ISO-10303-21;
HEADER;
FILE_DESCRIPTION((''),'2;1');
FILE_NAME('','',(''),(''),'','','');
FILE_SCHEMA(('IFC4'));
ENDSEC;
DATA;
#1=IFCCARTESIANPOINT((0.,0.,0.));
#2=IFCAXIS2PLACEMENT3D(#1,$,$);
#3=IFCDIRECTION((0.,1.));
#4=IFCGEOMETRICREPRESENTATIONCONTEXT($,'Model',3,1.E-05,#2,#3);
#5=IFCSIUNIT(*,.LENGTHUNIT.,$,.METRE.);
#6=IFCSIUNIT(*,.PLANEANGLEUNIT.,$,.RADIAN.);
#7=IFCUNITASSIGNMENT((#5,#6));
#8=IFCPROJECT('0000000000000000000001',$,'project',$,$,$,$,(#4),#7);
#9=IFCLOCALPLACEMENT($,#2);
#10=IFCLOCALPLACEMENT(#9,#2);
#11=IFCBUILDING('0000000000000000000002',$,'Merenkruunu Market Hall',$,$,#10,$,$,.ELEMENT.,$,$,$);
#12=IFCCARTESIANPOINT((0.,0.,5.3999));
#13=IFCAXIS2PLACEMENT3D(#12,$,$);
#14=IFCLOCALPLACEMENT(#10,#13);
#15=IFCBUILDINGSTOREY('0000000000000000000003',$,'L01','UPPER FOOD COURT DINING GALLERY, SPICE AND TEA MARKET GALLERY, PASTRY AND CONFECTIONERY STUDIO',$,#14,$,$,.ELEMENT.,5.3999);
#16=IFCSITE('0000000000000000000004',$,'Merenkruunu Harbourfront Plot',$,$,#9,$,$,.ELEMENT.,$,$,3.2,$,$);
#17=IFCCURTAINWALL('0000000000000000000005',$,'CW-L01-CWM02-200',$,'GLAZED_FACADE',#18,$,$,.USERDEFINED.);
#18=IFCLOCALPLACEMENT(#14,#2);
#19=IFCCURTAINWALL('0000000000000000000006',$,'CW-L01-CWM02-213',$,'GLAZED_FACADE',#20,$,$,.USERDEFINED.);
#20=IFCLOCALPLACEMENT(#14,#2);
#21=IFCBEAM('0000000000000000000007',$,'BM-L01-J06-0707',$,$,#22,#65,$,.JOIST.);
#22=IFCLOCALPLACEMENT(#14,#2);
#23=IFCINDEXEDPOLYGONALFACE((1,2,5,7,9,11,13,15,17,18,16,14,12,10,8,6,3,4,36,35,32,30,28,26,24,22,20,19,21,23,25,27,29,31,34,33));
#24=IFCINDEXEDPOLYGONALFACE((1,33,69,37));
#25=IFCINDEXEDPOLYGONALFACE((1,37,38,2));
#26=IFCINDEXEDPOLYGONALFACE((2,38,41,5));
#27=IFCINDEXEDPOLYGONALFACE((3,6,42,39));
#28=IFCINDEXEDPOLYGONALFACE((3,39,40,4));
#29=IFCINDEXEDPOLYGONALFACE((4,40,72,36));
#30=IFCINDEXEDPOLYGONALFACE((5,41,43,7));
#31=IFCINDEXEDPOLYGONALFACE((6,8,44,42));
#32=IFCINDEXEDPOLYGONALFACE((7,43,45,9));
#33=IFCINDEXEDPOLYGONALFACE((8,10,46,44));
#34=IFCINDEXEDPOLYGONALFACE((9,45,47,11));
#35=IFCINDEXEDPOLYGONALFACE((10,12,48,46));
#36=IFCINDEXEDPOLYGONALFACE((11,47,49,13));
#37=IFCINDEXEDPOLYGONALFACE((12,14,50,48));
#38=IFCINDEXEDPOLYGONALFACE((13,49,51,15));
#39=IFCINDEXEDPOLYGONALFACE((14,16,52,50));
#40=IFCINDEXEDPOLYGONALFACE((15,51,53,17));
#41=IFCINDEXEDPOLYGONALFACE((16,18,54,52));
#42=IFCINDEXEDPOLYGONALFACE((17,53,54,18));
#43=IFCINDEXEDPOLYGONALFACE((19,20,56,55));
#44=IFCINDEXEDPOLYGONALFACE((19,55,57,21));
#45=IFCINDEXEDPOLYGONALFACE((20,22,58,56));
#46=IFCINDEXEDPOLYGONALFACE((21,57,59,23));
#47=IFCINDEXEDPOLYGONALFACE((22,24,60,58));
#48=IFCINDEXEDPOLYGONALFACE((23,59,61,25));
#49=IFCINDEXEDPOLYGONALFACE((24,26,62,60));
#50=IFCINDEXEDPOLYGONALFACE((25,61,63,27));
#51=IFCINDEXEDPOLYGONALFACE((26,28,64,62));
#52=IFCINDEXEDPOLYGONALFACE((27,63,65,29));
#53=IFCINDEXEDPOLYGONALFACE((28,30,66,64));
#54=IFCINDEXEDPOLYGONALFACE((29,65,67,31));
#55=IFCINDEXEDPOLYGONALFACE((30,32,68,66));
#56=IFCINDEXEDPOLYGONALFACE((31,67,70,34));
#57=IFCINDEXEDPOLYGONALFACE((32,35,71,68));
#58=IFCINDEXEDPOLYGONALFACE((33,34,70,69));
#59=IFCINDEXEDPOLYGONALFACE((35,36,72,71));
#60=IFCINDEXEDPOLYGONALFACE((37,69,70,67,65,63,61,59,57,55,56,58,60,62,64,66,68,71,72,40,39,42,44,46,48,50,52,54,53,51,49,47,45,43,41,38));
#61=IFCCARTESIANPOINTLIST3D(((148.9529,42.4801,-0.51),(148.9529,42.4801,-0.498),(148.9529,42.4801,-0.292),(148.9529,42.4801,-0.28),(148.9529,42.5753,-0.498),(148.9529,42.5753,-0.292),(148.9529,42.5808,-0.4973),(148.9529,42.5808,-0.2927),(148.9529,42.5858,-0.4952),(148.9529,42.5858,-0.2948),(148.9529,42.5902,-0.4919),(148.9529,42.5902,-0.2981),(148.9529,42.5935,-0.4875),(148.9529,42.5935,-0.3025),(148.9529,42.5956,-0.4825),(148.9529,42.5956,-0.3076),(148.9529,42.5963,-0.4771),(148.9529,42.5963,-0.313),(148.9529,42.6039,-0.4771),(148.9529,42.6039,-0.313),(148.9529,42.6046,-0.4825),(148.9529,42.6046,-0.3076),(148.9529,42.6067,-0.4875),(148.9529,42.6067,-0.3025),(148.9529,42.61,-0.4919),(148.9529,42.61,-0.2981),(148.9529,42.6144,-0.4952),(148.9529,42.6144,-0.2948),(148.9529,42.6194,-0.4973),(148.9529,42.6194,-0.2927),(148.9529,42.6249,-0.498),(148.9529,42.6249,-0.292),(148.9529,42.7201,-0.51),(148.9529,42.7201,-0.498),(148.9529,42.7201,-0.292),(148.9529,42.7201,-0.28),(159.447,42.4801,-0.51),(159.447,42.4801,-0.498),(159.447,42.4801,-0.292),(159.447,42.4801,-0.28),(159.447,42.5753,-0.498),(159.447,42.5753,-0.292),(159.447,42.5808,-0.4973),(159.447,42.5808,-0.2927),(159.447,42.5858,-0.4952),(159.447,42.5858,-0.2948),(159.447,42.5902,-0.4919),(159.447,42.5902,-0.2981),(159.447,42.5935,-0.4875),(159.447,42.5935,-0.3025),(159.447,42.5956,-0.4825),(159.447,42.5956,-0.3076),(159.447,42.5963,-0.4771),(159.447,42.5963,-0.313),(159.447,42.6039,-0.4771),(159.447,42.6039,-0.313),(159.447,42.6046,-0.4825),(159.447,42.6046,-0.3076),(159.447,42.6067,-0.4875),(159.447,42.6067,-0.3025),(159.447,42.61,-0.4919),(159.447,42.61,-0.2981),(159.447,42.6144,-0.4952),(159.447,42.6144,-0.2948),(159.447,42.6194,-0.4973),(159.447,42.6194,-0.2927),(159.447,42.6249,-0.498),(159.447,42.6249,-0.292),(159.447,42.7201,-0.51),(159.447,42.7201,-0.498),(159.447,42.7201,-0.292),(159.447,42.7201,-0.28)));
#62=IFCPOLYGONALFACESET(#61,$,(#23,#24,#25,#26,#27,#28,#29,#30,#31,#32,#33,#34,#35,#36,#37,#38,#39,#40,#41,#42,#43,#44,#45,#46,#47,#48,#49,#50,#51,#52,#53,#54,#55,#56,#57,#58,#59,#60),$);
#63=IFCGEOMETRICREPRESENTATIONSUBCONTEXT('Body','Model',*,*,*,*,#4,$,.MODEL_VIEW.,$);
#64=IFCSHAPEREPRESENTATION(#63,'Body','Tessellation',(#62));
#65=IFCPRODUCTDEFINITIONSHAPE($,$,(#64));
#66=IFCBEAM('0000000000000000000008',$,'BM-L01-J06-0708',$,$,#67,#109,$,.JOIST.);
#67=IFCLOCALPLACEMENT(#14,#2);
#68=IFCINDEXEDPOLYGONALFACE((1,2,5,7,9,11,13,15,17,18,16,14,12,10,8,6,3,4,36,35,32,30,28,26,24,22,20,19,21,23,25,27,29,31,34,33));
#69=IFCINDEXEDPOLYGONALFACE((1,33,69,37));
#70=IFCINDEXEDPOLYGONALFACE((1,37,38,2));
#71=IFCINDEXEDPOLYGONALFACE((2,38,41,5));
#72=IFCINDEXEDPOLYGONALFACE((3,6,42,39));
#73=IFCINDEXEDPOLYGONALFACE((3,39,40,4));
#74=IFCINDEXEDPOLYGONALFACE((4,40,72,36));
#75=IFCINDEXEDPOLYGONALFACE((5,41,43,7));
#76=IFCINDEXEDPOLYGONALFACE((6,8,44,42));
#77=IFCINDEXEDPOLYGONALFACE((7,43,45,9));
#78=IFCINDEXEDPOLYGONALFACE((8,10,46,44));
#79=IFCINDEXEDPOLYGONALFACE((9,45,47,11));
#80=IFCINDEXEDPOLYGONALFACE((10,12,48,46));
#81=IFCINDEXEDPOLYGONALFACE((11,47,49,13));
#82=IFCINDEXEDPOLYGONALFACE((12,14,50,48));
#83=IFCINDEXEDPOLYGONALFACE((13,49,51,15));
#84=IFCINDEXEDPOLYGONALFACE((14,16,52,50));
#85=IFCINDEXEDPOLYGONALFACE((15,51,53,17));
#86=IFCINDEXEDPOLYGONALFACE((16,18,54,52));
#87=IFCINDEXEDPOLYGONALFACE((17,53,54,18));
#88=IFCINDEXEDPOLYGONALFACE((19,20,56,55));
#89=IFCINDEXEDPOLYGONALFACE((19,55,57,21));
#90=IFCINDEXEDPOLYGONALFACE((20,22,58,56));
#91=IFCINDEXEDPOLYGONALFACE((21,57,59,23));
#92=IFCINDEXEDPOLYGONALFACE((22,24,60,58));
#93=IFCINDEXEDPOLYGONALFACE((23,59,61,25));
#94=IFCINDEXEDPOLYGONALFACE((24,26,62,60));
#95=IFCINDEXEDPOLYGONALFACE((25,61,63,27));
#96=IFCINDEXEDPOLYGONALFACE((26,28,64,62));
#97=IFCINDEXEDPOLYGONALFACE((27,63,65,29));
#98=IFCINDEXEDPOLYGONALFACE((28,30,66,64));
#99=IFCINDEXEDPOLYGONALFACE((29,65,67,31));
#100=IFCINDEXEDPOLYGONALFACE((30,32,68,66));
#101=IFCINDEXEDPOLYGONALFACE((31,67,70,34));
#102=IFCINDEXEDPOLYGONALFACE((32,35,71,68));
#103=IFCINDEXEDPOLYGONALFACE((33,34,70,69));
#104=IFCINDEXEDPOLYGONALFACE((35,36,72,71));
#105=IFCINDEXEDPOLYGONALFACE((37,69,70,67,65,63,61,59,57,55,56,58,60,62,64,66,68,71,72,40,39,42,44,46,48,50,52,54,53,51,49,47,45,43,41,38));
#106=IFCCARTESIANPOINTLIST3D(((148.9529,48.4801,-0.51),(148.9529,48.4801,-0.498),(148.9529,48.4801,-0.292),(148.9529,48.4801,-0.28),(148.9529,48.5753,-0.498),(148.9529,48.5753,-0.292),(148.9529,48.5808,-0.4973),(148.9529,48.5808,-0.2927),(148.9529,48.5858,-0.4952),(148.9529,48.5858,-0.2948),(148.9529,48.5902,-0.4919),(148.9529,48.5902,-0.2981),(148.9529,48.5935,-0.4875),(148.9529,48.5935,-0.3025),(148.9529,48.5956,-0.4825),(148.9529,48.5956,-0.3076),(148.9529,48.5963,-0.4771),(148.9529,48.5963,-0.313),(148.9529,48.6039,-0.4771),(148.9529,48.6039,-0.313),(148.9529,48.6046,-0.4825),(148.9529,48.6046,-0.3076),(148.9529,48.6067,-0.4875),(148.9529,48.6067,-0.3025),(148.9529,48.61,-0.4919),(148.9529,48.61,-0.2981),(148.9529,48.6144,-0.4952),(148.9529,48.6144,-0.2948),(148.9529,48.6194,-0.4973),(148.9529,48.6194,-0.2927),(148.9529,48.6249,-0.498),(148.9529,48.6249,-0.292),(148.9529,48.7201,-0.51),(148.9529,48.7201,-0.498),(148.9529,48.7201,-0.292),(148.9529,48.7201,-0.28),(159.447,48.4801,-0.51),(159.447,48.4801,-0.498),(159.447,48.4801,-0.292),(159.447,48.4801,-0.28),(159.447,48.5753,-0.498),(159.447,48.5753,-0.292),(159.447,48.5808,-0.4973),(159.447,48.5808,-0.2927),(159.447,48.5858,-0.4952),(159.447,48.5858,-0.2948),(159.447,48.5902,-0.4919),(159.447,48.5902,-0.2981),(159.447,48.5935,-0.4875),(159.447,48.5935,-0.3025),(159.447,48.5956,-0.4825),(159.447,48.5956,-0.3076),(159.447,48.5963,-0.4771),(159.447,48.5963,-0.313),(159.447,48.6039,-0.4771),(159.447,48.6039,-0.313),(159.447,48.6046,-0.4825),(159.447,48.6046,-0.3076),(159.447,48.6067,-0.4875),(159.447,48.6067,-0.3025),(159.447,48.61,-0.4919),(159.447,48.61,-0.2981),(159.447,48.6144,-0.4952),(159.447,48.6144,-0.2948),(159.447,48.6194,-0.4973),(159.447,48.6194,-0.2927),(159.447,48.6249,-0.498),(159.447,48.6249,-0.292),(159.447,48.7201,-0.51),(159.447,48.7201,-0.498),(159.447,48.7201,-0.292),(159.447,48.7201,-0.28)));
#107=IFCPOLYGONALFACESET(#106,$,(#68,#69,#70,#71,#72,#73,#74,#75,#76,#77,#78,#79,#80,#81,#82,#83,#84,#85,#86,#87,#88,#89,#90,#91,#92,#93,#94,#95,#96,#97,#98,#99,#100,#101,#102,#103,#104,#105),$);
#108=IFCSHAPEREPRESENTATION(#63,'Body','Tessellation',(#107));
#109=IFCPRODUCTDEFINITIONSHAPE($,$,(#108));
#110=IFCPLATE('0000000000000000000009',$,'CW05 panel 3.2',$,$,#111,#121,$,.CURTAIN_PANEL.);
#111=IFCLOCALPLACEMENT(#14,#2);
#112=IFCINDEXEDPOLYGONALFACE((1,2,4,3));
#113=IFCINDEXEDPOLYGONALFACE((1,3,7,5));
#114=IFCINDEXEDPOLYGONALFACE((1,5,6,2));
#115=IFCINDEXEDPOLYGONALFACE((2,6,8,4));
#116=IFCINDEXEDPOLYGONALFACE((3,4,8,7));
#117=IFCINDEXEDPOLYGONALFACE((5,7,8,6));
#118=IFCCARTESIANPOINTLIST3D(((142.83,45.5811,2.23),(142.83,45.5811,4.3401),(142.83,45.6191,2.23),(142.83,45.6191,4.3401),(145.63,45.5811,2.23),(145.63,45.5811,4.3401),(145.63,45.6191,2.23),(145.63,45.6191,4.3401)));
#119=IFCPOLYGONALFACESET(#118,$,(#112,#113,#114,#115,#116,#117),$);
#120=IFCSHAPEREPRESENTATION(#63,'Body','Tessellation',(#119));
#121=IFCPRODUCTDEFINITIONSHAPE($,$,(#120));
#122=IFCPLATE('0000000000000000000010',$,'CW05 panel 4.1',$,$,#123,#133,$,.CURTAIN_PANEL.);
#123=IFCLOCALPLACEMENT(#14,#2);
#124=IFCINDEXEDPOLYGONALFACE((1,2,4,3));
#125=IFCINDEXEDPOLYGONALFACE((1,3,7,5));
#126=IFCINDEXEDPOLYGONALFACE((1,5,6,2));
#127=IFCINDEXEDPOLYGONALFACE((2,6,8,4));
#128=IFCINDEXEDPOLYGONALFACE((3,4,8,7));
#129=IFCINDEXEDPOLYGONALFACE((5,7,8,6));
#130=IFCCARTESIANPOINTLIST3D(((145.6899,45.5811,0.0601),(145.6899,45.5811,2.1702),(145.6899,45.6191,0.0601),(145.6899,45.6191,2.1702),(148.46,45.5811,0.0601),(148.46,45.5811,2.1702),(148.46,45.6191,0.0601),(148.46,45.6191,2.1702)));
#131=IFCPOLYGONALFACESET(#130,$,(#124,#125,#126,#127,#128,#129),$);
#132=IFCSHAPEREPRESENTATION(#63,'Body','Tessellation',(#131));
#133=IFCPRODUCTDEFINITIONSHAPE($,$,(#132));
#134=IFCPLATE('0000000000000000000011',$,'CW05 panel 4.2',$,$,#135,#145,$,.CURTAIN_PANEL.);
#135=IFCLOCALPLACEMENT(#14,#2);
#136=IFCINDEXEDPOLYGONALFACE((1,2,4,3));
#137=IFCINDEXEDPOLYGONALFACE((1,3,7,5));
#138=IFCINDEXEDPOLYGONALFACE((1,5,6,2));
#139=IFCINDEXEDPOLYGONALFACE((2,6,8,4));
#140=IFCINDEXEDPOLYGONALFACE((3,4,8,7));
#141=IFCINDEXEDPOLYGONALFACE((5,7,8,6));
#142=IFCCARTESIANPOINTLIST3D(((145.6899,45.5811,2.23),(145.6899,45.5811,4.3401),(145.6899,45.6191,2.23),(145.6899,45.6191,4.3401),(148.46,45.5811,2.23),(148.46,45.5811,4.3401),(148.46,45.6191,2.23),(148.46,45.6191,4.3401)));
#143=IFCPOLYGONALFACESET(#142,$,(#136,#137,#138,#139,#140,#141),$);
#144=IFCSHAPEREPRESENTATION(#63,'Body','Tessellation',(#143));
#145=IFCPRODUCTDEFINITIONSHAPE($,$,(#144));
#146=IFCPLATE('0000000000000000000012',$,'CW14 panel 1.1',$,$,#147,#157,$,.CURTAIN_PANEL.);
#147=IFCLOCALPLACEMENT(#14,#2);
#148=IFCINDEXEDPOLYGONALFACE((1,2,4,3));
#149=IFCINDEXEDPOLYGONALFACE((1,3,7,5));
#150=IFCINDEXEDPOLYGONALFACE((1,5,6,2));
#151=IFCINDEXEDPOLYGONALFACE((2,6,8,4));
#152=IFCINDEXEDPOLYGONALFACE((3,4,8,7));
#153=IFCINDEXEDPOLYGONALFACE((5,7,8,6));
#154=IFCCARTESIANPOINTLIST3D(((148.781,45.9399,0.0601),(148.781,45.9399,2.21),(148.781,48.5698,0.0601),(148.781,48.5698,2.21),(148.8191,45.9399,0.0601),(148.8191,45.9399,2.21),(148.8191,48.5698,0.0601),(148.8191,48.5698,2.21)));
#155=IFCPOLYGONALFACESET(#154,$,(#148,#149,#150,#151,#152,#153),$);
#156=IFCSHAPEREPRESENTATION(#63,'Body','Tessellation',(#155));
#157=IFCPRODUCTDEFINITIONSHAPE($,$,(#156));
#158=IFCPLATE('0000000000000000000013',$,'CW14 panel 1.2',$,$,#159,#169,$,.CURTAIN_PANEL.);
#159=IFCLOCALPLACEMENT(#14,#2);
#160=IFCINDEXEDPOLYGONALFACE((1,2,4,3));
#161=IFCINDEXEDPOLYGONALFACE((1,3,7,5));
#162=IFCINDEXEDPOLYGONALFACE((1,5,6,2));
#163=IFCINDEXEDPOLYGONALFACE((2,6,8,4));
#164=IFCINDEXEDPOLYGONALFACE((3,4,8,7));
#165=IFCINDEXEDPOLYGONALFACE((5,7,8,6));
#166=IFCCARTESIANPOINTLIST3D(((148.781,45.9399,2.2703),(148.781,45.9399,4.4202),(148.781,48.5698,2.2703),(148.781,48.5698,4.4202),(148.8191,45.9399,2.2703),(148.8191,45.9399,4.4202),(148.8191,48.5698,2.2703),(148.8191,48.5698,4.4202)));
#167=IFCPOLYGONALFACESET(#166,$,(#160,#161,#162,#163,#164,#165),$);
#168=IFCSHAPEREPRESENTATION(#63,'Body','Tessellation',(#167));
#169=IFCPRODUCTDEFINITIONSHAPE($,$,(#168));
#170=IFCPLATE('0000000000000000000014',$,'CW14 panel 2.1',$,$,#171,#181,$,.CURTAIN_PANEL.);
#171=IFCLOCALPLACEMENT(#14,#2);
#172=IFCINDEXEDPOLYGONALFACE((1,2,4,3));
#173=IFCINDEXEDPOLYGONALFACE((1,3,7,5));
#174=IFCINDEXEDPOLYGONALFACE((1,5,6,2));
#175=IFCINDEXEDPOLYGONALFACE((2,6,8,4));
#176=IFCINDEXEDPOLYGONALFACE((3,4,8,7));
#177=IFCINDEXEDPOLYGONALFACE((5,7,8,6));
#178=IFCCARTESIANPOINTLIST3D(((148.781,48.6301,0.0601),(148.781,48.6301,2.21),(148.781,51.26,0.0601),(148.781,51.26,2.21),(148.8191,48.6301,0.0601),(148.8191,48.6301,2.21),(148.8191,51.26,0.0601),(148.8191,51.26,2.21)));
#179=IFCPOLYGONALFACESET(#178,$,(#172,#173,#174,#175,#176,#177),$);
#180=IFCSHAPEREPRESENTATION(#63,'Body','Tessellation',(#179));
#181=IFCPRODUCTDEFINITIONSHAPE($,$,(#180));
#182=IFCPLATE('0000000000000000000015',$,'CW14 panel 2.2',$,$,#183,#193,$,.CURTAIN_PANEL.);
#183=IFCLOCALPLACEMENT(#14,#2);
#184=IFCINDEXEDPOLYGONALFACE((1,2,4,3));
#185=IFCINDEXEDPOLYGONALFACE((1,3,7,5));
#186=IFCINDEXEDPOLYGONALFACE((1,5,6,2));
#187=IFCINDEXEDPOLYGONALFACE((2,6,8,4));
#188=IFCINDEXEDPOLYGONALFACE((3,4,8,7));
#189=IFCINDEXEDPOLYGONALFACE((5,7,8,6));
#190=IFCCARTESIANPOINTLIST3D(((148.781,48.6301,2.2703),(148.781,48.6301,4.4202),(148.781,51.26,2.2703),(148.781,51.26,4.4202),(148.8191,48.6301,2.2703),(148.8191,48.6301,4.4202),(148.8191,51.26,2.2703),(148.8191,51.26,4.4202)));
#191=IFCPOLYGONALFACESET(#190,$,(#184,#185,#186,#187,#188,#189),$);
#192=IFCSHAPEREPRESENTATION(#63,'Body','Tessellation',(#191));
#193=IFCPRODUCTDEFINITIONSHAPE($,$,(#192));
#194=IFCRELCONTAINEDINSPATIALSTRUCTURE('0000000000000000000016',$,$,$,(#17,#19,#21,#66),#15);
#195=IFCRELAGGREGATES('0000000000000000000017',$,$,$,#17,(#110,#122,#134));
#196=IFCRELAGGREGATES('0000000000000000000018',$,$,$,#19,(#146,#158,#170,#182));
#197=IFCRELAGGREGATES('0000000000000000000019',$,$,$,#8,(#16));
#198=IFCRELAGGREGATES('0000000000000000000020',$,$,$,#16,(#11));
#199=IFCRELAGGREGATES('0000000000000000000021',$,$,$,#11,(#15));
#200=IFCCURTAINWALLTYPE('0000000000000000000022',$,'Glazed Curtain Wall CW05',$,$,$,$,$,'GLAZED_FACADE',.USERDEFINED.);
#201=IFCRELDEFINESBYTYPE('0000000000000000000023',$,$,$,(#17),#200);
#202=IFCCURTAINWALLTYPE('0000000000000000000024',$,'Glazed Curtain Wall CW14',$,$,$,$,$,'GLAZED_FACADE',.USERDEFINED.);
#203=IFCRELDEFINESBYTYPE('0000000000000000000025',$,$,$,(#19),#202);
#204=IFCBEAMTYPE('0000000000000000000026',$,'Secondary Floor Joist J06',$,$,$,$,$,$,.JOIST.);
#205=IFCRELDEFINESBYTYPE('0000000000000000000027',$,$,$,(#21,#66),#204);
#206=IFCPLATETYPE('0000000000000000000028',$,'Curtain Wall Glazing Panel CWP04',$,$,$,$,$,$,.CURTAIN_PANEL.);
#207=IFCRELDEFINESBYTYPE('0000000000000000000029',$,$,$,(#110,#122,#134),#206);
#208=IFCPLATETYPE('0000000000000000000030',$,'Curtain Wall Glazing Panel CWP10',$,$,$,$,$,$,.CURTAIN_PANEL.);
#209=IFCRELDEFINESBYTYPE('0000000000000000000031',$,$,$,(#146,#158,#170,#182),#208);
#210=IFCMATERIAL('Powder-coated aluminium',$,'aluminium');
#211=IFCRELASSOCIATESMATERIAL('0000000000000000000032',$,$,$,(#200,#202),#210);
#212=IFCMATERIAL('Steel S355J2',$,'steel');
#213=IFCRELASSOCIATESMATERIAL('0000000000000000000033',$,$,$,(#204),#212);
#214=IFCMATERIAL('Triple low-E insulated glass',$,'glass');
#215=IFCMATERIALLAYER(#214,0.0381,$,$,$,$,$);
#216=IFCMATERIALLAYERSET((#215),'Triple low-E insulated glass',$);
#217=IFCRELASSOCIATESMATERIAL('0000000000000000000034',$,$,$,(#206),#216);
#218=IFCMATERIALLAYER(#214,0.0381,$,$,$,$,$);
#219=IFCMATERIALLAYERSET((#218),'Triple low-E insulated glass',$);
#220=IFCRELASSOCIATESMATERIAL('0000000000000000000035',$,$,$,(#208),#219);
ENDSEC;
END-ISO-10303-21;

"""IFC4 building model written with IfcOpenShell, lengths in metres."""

from ifc_helpers import new_model, si_unit, direction, frame, origin, origin_2d, place, context, subcontext, project, spatial, rectangle, i_section, extrude, material, layer, layer_set, material_profile, profile_set, type_object, element, aggregate, save


model = new_model("IFC4")

# Units and contexts
model_context = context("Model", 3, precision=1e-05, world=origin(), true_north=direction((0.0, 1.0)))
body_context = subcontext(model_context, "Body", "Model", "MODEL_VIEW")
ifc_project = project(units=[si_unit("LENGTHUNIT", "METRE"), si_unit("PLANEANGLEUNIT", "RADIAN")], contexts=[model_context])

# Site, building, storey
site_placement = place(None, origin())
site = spatial("IfcSite", under=ifc_project, at=site_placement, Name="Merenkruunu Harbourfront Plot", CompositionType="ELEMENT", RefElevation=3.2)
building_placement = place(site_placement, origin())
building = spatial("IfcBuilding", under=site, at=building_placement, Name="Merenkruunu Market Hall", CompositionType="ELEMENT")
storey_placement = place(building_placement, frame((0.0, 0.0, 5.3999)))
storey = spatial("IfcBuildingStorey", under=building, at=storey_placement, Name="L01", Description="UPPER FOOD COURT DINING GALLERY, SPICE AND TEA MARKET GALLERY, PASTRY AND CONFECTIONERY STUDIO", CompositionType="ELEMENT", Elevation=5.3999)

# Shared definitions
ifc_material_1 = material(Name="Steel S355J2", Category="steel")

# Curtain walls
ifc_material_2 = material(Name="Powder-coated aluminium", Category="aluminium")
curtain_wall_type_1 = type_object("IfcCurtainWallType", Name="Glazed Curtain Wall CW05", ElementType="GLAZED_FACADE", PredefinedType="USERDEFINED", material=ifc_material_2)
curtain_wall_1_placement = place(storey_placement, origin())
curtain_wall_1 = element("IfcCurtainWall", 1, at=curtain_wall_1_placement, inside=storey, type_object=curtain_wall_type_1, Name="CW-L01-CWM02-200", ObjectType="GLAZED_FACADE", PredefinedType="USERDEFINED")
curtain_wall_type_2 = type_object("IfcCurtainWallType", Name="Glazed Curtain Wall CW14", ElementType="GLAZED_FACADE", PredefinedType="USERDEFINED", material=ifc_material_2)
curtain_wall_2_placement = place(storey_placement, origin())
curtain_wall_2 = element("IfcCurtainWall", 2, at=curtain_wall_2_placement, inside=storey, type_object=curtain_wall_type_2, Name="CW-L01-CWM02-213", ObjectType="GLAZED_FACADE", PredefinedType="USERDEFINED")

# Beams
ifc_material_profile_1 = material_profile(ifc_material_1, i_section(OverallWidth=0.24, OverallDepth=0.23, WebThickness=0.0076, FlangeThickness=0.012, FilletRadius=0.021, at=origin_2d()), Name="HEA 240")
ifc_profile_set_1 = profile_set([ifc_material_profile_1], Name="Steel S355J2")
beam_type_1 = type_object("IfcBeamType", Name="Secondary Floor Joist J06", PredefinedType="JOIST", material=ifc_profile_set_1)
for number, where, z_axis, x_axis, name in (
    (3, (148.9529, 42.6001, -0.395), (1.0, 0.0, 0.0), (0.0, 1.0, 0.0), "BM-L01-J06-0707"),
    (4, (148.9529, 48.6001, -0.395), (1.0, 0.0, 0.0), (0.0, 1.0, 0.0), "BM-L01-J06-0708"),
):
    element("IfcBeam", number, at=place(storey_placement, frame(where, z_axis=z_axis, x_axis=x_axis)), inside=storey, type_object=beam_type_1, Name=name, PredefinedType="JOIST", context=body_context, shape_type="SweptSolid", body=[
        extrude(i_section(OverallWidth=0.24, OverallDepth=0.23, WebThickness=0.0076, FlangeThickness=0.012, FilletRadius=0.021, at=origin_2d()), origin(), (0.0, 0.0, 1.0), 10.4941),
    ])

# Plates
ifc_material_3 = material(Name="Triple low-E insulated glass", Category="glass")
ifc_layer_1 = layer(ifc_material_3, 0.0381)
ifc_layer_set_1 = layer_set([ifc_layer_1], Name="Triple low-E insulated glass")
plate_type_1 = type_object("IfcPlateType", Name="Curtain Wall Glazing Panel CWP04", PredefinedType="CURTAIN_PANEL", material=ifc_layer_set_1)
plate_1_placement = place(storey_placement, frame((144.23, 45.6001, 2.23), z_axis=(0.0, 0.0, 1.0), x_axis=(1.0, 0.0, 0.0)))
plate_1 = element("IfcPlate", 5, at=plate_1_placement, type_object=plate_type_1, Name="CW05 panel 3.2", PredefinedType="CURTAIN_PANEL", context=body_context, shape_type="SweptSolid", body=[
    extrude(rectangle(XDim=2.8, YDim=0.0381, at=origin_2d()), origin(), (0.0, 0.0, 1.0), 2.1101),
])
plate_2_placement = place(storey_placement, frame((147.075, 45.6001, 0.0601), z_axis=(0.0, 0.0, 1.0), x_axis=(1.0, 0.0, 0.0)))
plate_2 = element("IfcPlate", 6, at=plate_2_placement, type_object=plate_type_1, Name="CW05 panel 4.1", PredefinedType="CURTAIN_PANEL", context=body_context, shape_type="SweptSolid", body=[
    extrude(rectangle(XDim=2.77, YDim=0.0381, at=origin_2d()), origin(), (0.0, 0.0, 1.0), 2.1101),
])
plate_3_placement = place(storey_placement, frame((147.075, 45.6001, 2.23), z_axis=(0.0, 0.0, 1.0), x_axis=(1.0, 0.0, 0.0)))
plate_3 = element("IfcPlate", 7, at=plate_3_placement, type_object=plate_type_1, Name="CW05 panel 4.2", PredefinedType="CURTAIN_PANEL", context=body_context, shape_type="SweptSolid", body=[
    extrude(rectangle(XDim=2.77, YDim=0.0381, at=origin_2d()), origin(), (0.0, 0.0, 1.0), 2.1101),
])
aggregate(curtain_wall_1, [plate_1, plate_2, plate_3])
ifc_layer_2 = layer(ifc_material_3, 0.0381)
ifc_layer_set_2 = layer_set([ifc_layer_2], Name="Triple low-E insulated glass")
plate_type_2 = type_object("IfcPlateType", Name="Curtain Wall Glazing Panel CWP10", PredefinedType="CURTAIN_PANEL", material=ifc_layer_set_2)
plate_4_placement = place(storey_placement, frame((148.8, 47.2549, 0.0601), z_axis=(0.0, 0.0, 1.0), x_axis=(0.0, 1.0, 0.0)))
plate_4 = element("IfcPlate", 8, at=plate_4_placement, type_object=plate_type_2, Name="CW14 panel 1.1", PredefinedType="CURTAIN_PANEL", context=body_context, shape_type="SweptSolid", body=[
    extrude(rectangle(XDim=2.6299, YDim=0.0381, at=origin_2d()), origin(), (0.0, 0.0, 1.0), 2.1499),
])
plate_5_placement = place(storey_placement, frame((148.8, 47.2549, 2.2703), z_axis=(0.0, 0.0, 1.0), x_axis=(0.0, 1.0, 0.0)))
plate_5 = element("IfcPlate", 9, at=plate_5_placement, type_object=plate_type_2, Name="CW14 panel 1.2", PredefinedType="CURTAIN_PANEL", context=body_context, shape_type="SweptSolid", body=[
    extrude(rectangle(XDim=2.6299, YDim=0.0381, at=origin_2d()), origin(), (0.0, 0.0, 1.0), 2.1499),
])
plate_6_placement = place(storey_placement, frame((148.8, 49.9451, 0.0601), z_axis=(0.0, 0.0, 1.0), x_axis=(0.0, 1.0, 0.0)))
plate_6 = element("IfcPlate", 10, at=plate_6_placement, type_object=plate_type_2, Name="CW14 panel 2.1", PredefinedType="CURTAIN_PANEL", context=body_context, shape_type="SweptSolid", body=[
    extrude(rectangle(XDim=2.6299, YDim=0.0381, at=origin_2d()), origin(), (0.0, 0.0, 1.0), 2.1499),
])
plate_7_placement = place(storey_placement, frame((148.8, 49.9451, 2.2703), z_axis=(0.0, 0.0, 1.0), x_axis=(0.0, 1.0, 0.0)))
plate_7 = element("IfcPlate", 11, at=plate_7_placement, type_object=plate_type_2, Name="CW14 panel 2.2", PredefinedType="CURTAIN_PANEL", context=body_context, shape_type="SweptSolid", body=[
    extrude(rectangle(XDim=2.6299, YDim=0.0381, at=origin_2d()), origin(), (0.0, 0.0, 1.0), 2.1499),
])
aggregate(curtain_wall_2, [plate_4, plate_5, plate_6, plate_7])

save(model, "model.ifc")
